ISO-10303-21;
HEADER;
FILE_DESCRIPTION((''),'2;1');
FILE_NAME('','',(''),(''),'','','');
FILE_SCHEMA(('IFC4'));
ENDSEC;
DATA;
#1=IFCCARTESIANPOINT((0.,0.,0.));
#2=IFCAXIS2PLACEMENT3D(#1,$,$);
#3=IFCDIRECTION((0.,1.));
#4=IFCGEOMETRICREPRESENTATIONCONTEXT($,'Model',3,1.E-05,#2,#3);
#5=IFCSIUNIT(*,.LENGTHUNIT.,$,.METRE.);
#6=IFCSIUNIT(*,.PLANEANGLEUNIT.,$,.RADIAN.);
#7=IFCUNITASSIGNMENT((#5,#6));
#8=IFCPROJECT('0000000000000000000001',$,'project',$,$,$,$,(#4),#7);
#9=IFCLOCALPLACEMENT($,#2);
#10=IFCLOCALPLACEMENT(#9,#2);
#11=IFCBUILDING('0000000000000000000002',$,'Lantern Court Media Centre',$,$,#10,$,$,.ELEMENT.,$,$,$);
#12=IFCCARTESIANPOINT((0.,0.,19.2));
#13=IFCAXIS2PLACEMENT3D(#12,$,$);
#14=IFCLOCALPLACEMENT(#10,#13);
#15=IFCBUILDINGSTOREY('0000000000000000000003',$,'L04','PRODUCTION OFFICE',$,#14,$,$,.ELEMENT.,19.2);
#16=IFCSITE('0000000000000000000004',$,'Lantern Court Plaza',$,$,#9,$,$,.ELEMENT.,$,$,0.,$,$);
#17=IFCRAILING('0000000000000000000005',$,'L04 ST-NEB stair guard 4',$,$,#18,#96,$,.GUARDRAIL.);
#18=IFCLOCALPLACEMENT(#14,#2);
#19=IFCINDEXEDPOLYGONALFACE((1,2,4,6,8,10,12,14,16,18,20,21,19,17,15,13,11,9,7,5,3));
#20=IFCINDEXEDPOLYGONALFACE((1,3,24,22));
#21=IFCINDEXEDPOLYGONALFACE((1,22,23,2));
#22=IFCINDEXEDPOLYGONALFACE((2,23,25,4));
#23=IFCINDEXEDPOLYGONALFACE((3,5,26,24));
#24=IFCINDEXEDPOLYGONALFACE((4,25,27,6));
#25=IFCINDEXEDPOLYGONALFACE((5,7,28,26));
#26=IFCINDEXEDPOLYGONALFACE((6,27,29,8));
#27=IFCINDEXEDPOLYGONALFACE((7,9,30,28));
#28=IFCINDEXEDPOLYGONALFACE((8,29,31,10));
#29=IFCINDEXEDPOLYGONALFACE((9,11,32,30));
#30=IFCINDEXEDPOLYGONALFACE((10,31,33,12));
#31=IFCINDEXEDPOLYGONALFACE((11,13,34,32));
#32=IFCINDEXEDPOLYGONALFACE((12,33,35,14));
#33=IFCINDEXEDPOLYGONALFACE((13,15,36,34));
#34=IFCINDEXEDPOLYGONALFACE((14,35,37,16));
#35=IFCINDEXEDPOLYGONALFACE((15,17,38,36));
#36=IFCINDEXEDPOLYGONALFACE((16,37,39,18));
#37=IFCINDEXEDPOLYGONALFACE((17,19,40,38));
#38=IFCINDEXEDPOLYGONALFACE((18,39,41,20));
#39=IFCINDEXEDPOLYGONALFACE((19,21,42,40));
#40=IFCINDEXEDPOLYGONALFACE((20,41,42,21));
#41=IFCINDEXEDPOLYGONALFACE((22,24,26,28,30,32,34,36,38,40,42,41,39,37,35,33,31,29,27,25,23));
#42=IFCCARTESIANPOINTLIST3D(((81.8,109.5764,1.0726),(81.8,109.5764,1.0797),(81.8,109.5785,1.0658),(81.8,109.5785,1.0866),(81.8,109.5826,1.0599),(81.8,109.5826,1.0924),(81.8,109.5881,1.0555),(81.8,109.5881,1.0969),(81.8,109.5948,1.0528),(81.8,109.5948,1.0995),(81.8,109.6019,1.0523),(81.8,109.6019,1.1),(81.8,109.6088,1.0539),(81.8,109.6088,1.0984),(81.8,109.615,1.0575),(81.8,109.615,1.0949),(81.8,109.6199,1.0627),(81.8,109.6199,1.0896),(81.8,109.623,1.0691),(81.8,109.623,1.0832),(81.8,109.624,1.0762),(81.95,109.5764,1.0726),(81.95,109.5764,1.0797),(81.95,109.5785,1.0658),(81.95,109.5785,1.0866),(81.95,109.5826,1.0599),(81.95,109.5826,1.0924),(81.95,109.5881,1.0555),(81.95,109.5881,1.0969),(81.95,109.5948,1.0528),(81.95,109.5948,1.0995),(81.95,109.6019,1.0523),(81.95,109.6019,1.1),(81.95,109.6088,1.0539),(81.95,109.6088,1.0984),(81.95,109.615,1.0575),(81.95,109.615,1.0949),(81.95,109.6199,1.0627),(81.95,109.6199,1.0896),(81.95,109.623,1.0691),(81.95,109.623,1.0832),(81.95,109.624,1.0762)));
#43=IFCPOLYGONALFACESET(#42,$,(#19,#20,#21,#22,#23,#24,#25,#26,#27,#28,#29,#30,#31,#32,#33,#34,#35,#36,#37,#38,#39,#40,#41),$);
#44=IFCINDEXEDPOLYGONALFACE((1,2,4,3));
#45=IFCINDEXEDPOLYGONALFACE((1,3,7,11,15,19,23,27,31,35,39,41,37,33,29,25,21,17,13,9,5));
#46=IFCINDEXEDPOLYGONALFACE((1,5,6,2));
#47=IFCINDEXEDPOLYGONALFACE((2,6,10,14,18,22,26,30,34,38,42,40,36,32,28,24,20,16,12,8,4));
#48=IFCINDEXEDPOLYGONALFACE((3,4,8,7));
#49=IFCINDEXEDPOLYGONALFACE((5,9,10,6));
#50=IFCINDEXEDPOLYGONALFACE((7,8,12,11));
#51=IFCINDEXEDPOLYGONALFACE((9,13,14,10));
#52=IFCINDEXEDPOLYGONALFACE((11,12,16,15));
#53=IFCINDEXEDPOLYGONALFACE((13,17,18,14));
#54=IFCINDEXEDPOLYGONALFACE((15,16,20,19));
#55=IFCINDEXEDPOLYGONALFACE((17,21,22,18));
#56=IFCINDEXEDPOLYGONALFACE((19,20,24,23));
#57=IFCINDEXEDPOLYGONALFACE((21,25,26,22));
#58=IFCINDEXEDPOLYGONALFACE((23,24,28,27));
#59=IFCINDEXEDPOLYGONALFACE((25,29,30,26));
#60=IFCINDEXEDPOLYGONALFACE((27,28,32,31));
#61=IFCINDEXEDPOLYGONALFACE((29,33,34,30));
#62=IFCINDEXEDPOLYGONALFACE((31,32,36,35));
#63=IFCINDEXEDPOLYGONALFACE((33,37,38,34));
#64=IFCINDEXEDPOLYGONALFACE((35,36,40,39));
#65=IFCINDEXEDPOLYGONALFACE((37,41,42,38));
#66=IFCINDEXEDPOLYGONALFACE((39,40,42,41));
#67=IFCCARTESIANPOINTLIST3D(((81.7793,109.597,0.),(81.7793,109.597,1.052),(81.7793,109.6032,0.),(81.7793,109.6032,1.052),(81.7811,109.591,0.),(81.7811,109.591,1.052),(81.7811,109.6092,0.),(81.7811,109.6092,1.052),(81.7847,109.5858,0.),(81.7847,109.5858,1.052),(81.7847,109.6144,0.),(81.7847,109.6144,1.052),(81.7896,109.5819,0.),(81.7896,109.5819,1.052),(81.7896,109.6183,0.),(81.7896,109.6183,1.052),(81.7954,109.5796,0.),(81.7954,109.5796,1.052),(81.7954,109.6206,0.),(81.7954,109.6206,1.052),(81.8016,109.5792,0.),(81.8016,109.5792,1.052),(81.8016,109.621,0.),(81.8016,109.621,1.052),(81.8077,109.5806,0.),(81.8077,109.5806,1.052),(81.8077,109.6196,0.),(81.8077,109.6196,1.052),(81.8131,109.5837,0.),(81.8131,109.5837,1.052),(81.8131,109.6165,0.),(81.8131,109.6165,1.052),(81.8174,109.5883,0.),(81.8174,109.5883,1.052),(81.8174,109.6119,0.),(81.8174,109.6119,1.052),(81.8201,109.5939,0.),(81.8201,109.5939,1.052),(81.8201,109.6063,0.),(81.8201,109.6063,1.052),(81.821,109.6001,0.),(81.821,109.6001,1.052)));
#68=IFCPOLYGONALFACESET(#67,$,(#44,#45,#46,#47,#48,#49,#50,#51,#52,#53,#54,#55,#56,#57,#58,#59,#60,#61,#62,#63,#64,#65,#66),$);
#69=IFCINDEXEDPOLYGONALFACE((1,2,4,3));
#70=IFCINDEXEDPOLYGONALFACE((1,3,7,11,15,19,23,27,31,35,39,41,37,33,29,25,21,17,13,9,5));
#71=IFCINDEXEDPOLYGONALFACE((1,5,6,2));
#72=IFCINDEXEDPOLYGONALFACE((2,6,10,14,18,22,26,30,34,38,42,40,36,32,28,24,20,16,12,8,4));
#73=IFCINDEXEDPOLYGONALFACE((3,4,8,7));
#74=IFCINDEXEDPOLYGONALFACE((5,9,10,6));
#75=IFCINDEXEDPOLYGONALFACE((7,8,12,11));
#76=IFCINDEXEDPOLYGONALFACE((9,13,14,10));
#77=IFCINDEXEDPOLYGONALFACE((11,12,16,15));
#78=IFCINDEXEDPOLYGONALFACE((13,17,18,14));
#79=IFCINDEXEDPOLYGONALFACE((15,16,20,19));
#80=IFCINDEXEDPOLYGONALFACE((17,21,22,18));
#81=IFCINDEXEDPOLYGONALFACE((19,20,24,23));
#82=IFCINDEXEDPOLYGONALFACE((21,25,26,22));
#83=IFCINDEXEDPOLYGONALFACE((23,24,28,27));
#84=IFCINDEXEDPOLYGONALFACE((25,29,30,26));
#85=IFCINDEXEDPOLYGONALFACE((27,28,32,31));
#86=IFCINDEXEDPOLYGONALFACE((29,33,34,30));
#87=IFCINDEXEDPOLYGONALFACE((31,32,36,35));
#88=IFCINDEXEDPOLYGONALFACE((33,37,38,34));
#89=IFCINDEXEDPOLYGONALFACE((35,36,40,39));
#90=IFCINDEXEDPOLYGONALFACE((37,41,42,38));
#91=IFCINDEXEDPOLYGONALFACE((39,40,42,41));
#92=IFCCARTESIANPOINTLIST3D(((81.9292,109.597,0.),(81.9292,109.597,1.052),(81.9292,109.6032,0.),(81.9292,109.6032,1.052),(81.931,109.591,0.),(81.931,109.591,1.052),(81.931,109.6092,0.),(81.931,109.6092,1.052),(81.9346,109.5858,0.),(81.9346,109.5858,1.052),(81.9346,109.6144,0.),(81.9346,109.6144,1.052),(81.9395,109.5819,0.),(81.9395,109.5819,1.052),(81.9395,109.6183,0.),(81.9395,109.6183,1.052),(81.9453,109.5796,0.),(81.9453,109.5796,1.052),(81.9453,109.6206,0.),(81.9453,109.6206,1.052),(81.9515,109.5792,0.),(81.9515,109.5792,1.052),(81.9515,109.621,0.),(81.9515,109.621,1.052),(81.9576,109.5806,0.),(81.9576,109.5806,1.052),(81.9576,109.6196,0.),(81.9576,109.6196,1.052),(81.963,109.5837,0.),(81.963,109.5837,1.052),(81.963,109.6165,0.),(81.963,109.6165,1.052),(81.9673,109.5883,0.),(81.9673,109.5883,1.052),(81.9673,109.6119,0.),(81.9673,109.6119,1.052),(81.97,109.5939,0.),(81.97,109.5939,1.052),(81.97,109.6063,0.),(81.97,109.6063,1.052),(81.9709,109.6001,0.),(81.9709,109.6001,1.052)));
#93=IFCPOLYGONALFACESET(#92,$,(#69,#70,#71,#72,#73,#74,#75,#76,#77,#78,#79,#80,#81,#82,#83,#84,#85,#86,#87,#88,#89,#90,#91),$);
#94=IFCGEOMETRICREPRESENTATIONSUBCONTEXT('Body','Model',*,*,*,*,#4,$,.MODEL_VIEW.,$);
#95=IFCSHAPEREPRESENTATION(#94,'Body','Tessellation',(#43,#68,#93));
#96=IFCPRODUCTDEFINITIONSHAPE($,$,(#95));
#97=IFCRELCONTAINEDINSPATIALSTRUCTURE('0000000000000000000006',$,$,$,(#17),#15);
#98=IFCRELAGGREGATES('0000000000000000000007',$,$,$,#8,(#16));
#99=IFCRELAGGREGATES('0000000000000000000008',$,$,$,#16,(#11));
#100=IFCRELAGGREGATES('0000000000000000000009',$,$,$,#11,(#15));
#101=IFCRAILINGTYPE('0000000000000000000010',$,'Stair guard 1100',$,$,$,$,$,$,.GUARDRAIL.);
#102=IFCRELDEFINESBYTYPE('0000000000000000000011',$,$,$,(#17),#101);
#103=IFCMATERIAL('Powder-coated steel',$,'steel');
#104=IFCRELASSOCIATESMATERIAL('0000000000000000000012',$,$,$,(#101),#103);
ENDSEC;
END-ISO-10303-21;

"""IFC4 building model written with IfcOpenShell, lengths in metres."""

from ifc_helpers import new_model, si_unit, direction, frame, origin, origin_2d, place, context, subcontext, project, spatial, circle, extrude, material, type_object, element, save


model = new_model("IFC4")

# Units and contexts
model_context = context("Model", 3, precision=1e-05, world=origin(), true_north=direction((0.0, 1.0)))
body_context = subcontext(model_context, "Body", "Model", "MODEL_VIEW")
ifc_project = project(units=[si_unit("LENGTHUNIT", "METRE"), si_unit("PLANEANGLEUNIT", "RADIAN")], contexts=[model_context])

# Site, building, storey
site_placement = place(None, origin())
site = spatial("IfcSite", under=ifc_project, at=site_placement, Name="Lantern Court Plaza", CompositionType="ELEMENT", RefElevation=0.0)
building_placement = place(site_placement, origin())
building = spatial("IfcBuilding", under=site, at=building_placement, Name="Lantern Court Media Centre", CompositionType="ELEMENT")
storey_placement = place(building_placement, frame((0.0, 0.0, 19.2)))
storey = spatial("IfcBuildingStorey", under=building, at=storey_placement, Name="L04", Description="PRODUCTION OFFICE", CompositionType="ELEMENT", Elevation=19.2)

# Shared definitions
ifc_material_1 = material(Name="Powder-coated steel", Category="steel")

# Railing
railing_type_1 = type_object("IfcRailingType", Name="Stair guard 1100", PredefinedType="GUARDRAIL", material=ifc_material_1)
railing_1_placement = place(storey_placement, frame((81.8, 109.6001, 0.0)))
element("IfcRailing", 1, at=railing_1_placement, inside=storey, type_object=railing_type_1, Name="L04 ST-NEB stair guard 4", PredefinedType="GUARDRAIL", context=body_context, shape_type="SweptSolid", body=[
    extrude(circle(Radius=0.0239, at=origin_2d()), frame((0.0, 0.0, 1.0762), z_axis=(1.0, 0.0, 0.0), x_axis=(0.0, 1.0, 0.0)), (0.0, 0.0, 1.0), 0.1499),
    extrude(circle(Radius=0.021, at=origin_2d()), origin(), (0.0, 0.0, 1.0), 1.052),
    extrude(circle(Radius=0.021, at=origin_2d()), frame((0.1499, 0.0, 0.0)), (0.0, 0.0, 1.0), 1.052),
])

save(model, "model.ifc")
